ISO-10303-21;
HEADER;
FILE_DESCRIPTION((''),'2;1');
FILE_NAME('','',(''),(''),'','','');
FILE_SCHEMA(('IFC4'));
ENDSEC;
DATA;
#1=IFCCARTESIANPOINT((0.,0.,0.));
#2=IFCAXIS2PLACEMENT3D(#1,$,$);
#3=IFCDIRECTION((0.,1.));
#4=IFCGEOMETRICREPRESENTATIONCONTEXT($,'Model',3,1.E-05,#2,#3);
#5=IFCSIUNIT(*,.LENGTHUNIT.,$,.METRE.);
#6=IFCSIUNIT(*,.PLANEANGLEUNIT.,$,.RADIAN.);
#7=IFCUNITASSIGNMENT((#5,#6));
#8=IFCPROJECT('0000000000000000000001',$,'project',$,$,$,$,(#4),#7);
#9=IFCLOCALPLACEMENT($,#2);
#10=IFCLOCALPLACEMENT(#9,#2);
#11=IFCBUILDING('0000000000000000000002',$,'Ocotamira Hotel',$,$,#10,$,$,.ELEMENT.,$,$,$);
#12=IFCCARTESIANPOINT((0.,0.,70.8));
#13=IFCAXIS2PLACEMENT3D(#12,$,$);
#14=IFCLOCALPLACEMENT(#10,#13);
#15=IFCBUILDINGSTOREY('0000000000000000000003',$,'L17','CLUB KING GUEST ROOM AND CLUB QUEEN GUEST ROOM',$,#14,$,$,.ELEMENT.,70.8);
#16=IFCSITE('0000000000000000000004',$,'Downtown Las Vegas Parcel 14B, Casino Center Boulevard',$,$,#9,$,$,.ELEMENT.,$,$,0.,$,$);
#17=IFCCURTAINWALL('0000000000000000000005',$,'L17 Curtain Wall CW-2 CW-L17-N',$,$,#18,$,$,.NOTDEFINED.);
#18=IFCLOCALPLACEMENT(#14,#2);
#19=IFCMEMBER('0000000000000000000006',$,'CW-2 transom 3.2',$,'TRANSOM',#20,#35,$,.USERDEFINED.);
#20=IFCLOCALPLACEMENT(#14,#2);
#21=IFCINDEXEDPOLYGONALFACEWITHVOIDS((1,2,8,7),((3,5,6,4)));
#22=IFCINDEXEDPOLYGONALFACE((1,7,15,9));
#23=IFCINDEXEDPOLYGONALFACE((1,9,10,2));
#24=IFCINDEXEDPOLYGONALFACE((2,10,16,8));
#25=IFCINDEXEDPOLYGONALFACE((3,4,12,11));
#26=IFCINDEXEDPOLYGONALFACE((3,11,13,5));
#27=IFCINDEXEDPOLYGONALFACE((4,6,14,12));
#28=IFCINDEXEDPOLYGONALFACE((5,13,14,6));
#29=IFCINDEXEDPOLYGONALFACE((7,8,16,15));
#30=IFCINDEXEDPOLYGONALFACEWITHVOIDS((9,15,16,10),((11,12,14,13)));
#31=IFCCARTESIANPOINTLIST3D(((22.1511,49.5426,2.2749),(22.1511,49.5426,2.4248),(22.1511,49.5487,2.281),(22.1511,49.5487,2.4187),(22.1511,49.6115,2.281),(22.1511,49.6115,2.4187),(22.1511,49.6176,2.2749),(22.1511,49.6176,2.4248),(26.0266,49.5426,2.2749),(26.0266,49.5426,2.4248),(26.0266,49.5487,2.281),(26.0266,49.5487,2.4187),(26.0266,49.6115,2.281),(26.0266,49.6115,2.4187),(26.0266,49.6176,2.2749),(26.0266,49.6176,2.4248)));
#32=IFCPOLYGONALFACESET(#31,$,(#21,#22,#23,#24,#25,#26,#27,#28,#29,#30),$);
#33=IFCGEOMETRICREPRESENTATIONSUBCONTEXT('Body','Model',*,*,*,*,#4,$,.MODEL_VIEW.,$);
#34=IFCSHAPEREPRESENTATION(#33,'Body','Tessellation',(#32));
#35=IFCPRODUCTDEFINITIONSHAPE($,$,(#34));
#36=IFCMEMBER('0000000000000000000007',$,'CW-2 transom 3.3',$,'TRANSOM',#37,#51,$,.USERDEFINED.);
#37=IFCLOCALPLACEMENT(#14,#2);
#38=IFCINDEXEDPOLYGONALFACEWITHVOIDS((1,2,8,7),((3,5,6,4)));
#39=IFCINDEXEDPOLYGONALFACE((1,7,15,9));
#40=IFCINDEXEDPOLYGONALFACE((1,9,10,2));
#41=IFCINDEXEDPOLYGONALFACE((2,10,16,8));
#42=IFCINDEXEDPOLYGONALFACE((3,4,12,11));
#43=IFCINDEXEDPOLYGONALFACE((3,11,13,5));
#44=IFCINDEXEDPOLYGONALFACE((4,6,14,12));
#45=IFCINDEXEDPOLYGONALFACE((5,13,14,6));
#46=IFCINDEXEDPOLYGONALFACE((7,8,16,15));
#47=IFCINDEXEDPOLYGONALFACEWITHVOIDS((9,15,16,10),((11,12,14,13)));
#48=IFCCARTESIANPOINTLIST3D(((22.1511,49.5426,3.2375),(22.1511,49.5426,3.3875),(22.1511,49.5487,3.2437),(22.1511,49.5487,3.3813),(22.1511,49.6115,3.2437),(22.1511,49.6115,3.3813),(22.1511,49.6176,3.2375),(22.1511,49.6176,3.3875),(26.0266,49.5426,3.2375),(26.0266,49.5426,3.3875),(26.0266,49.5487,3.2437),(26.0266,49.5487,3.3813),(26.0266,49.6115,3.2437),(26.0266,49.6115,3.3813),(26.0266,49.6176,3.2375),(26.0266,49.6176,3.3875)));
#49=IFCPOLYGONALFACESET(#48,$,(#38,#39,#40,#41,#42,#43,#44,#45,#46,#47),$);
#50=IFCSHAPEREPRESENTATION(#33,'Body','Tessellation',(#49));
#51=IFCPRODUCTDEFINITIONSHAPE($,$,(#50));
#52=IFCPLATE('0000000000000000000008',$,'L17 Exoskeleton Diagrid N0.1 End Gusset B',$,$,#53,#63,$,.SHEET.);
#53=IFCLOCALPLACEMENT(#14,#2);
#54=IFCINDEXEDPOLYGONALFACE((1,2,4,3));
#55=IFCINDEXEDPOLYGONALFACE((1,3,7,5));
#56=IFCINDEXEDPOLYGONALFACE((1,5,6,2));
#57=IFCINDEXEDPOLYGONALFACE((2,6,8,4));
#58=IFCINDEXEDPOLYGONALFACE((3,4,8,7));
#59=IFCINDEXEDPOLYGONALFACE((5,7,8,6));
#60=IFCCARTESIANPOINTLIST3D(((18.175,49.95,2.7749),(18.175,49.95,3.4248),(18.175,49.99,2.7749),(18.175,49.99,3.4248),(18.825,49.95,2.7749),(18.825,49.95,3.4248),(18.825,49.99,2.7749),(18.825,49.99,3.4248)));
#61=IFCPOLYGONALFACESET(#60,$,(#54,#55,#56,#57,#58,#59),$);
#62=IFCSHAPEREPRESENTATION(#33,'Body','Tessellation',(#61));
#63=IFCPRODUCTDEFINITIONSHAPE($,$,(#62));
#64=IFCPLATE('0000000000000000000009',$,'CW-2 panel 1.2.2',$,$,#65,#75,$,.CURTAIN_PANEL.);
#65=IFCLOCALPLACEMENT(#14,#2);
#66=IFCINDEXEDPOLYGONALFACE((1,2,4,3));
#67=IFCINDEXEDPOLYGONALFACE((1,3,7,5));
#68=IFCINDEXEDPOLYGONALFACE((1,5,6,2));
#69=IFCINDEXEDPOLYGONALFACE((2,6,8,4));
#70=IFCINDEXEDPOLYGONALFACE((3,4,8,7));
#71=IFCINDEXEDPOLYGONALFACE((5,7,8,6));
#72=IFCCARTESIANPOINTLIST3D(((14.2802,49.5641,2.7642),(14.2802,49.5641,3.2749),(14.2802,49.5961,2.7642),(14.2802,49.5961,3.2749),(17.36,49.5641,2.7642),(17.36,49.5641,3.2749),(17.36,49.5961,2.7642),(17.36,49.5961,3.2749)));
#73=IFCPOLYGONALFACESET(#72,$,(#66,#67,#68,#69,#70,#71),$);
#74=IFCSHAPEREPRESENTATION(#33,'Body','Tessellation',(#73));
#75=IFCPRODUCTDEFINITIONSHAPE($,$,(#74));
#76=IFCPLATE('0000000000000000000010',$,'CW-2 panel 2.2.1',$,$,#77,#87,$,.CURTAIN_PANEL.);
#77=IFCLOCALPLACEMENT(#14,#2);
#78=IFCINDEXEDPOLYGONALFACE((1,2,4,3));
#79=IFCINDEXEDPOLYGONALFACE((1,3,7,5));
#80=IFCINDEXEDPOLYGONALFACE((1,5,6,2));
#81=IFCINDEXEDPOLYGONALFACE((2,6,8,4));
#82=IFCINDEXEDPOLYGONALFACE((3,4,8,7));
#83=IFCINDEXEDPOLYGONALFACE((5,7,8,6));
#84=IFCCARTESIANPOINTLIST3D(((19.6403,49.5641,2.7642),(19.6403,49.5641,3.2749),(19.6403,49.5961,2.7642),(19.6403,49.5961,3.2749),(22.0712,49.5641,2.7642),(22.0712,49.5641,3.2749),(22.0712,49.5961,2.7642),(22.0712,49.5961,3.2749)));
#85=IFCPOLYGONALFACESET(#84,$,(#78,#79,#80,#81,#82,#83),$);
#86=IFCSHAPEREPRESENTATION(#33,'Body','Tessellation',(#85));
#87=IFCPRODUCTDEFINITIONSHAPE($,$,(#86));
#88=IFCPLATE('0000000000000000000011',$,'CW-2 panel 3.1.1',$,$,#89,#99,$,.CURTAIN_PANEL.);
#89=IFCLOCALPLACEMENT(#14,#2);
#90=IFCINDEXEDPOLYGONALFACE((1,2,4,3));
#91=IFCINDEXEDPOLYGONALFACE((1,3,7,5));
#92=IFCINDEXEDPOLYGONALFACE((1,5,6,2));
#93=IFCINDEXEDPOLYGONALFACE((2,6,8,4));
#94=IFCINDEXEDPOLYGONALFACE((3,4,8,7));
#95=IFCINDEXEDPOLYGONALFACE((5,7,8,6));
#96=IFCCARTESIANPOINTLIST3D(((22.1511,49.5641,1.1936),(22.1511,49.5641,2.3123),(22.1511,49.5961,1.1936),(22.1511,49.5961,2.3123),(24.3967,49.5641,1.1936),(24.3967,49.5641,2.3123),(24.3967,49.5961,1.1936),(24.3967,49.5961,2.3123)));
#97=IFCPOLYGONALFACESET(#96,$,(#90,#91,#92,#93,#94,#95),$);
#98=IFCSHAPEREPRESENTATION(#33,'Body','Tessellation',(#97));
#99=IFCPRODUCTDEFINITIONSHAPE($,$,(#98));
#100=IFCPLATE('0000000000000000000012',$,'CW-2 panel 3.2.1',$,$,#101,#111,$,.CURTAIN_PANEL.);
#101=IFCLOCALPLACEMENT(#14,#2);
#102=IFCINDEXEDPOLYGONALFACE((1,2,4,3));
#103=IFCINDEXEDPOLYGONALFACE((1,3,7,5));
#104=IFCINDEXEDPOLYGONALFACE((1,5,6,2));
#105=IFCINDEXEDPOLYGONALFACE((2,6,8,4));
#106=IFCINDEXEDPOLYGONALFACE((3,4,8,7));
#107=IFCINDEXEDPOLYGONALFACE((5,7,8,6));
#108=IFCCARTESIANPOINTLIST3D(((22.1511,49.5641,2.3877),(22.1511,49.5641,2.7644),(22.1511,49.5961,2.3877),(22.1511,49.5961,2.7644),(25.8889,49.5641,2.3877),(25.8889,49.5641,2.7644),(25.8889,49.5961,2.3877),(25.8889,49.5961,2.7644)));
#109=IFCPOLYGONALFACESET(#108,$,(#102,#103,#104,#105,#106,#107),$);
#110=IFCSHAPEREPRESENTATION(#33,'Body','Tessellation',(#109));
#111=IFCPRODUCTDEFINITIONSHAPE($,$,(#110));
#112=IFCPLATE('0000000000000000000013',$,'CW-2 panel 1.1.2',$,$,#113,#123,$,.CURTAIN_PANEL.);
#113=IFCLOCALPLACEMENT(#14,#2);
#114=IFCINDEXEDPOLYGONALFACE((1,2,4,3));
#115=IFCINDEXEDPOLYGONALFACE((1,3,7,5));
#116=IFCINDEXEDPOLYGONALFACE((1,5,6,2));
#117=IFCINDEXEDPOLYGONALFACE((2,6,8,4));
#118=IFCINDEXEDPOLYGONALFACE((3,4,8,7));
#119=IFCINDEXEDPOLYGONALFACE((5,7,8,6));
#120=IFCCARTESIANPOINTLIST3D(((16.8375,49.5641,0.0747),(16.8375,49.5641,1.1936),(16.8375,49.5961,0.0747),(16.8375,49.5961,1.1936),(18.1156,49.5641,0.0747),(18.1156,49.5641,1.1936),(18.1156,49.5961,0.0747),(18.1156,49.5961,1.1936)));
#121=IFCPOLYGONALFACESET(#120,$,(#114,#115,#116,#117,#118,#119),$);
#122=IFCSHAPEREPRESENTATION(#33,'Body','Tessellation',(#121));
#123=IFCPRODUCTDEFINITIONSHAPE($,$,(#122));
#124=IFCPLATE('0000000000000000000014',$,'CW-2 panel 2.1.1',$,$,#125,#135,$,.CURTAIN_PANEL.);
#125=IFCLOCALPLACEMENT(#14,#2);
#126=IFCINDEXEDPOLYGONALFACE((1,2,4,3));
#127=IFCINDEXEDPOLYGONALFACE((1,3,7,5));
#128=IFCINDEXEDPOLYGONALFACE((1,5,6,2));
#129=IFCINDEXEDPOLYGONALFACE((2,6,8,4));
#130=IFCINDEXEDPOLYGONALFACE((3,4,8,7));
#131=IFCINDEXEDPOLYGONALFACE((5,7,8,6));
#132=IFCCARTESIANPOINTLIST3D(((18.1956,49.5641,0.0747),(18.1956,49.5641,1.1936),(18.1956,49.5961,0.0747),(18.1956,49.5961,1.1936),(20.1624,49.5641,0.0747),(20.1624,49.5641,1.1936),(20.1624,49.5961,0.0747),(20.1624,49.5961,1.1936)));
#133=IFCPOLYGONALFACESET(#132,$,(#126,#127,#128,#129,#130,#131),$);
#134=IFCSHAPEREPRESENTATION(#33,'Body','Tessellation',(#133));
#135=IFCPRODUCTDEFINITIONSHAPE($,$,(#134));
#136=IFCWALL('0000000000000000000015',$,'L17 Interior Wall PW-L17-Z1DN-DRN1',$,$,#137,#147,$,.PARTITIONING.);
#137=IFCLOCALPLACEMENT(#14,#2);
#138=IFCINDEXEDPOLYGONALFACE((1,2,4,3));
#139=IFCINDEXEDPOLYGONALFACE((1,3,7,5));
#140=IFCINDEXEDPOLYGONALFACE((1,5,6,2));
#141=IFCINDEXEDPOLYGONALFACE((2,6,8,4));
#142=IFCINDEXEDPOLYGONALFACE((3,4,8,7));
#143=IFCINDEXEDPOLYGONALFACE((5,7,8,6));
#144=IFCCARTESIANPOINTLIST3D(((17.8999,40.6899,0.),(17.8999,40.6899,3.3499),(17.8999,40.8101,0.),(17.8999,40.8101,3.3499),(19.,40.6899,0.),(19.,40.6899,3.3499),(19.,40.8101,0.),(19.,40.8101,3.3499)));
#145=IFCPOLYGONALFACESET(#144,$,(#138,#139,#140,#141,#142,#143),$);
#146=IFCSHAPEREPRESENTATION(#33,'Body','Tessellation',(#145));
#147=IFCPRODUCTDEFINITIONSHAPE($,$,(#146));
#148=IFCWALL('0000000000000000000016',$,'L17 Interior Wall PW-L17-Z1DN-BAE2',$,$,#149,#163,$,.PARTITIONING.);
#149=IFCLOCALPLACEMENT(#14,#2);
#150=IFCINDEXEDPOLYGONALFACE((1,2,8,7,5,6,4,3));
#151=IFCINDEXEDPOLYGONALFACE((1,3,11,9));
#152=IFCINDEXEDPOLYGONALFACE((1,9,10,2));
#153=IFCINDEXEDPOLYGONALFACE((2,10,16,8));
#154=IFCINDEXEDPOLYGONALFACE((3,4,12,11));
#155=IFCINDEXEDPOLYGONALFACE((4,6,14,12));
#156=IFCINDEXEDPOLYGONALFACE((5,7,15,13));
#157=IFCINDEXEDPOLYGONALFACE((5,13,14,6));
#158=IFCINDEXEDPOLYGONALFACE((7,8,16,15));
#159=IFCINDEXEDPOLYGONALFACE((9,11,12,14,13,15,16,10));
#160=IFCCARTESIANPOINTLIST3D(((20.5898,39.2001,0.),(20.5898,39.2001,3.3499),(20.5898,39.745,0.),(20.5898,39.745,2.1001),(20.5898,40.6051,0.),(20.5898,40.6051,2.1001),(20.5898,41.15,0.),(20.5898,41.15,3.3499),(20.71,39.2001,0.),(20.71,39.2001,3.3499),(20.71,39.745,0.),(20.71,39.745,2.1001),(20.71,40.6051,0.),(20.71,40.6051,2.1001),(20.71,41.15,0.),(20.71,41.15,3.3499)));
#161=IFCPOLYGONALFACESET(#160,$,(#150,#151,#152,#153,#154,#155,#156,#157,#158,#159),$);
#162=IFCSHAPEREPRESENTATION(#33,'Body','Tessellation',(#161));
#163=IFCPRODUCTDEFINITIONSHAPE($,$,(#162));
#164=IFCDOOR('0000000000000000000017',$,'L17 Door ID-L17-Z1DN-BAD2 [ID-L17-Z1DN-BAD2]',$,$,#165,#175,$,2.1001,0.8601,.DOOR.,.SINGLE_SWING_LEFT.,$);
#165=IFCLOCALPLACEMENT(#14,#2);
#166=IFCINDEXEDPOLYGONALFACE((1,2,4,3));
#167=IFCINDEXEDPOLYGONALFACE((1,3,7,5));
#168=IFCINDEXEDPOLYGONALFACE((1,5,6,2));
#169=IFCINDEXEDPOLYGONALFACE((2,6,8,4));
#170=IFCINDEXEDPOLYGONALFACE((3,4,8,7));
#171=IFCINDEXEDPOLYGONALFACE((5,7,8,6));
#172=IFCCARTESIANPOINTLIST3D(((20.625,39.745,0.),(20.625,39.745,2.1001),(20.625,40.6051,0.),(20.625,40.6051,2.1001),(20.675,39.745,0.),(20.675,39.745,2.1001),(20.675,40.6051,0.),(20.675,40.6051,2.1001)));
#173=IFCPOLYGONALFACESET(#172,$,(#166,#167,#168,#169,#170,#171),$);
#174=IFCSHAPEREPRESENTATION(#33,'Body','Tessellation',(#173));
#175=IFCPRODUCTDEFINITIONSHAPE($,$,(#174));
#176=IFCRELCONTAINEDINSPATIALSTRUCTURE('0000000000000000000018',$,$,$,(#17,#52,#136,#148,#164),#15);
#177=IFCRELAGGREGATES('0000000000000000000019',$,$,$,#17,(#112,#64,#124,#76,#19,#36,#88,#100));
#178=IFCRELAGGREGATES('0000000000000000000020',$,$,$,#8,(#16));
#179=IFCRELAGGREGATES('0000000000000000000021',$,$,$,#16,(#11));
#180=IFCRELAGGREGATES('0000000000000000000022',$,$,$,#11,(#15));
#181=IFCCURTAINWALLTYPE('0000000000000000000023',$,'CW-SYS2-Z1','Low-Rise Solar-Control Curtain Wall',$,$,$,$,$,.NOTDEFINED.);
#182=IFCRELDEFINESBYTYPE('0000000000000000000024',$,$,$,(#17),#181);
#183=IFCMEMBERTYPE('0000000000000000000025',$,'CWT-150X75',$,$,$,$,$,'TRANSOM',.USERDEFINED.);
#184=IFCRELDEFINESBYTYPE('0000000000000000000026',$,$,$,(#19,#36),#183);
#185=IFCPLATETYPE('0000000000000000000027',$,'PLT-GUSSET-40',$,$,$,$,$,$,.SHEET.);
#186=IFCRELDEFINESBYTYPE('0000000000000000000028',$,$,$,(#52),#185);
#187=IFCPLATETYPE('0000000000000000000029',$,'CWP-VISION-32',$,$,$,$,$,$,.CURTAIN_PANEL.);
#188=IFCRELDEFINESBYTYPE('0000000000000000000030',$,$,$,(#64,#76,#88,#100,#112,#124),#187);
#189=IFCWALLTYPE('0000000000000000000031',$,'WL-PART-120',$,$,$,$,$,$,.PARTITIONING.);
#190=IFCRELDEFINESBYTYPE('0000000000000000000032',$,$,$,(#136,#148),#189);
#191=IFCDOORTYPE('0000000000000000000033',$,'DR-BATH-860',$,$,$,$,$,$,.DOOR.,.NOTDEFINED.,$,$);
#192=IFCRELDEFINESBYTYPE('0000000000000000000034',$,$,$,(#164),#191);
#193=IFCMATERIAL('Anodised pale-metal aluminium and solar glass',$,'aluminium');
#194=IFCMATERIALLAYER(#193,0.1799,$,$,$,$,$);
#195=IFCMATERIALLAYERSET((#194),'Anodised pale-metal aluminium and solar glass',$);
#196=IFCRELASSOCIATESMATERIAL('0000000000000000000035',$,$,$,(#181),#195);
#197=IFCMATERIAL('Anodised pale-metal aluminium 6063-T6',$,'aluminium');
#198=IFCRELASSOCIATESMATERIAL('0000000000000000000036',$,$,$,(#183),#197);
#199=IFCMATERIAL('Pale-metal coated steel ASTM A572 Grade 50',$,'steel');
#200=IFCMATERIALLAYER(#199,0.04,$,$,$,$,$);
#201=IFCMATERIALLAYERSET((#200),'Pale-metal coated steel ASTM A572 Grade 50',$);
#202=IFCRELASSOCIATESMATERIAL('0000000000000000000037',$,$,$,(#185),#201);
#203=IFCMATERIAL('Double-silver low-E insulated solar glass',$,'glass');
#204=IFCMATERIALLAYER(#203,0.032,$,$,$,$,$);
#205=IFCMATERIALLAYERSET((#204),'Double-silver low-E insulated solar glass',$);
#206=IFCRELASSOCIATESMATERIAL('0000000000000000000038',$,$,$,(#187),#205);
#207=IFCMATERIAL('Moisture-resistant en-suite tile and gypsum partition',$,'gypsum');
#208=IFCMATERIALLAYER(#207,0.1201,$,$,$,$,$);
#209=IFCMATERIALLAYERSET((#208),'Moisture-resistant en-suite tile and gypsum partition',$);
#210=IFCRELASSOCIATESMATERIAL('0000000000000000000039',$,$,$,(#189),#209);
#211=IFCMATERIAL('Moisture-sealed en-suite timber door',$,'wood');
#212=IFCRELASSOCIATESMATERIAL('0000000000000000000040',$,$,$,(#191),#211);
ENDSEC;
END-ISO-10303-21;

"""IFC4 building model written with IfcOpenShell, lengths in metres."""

from ifc_helpers import new_model, si_unit, direction, frame, frame_2d, origin, origin_2d, place, context, subcontext, project, spatial, rectangle, hollow_rectangle, extrude, source, transform, mapped, material, layer, layer_set, material_profile, profile_set, type_object, element, fill, aggregate, save


model = new_model("IFC4")

# Units and contexts
model_context = context("Model", 3, precision=1e-05, world=origin(), true_north=direction((0.0, 1.0)))
body_context = subcontext(model_context, "Body", "Model", "MODEL_VIEW")
ifc_project = project(units=[si_unit("LENGTHUNIT", "METRE"), si_unit("PLANEANGLEUNIT", "RADIAN")], contexts=[model_context])

# Site, building, storey
site_placement = place(None, origin())
site = spatial("IfcSite", under=ifc_project, at=site_placement, Name="Downtown Las Vegas Parcel 14B, Casino Center Boulevard", CompositionType="ELEMENT", RefElevation=0.0)
building_placement = place(site_placement, origin())
building = spatial("IfcBuilding", under=site, at=building_placement, Name="Ocotamira Hotel", CompositionType="ELEMENT")
storey_placement = place(building_placement, frame((0.0, 0.0, 70.8)))
storey = spatial("IfcBuildingStorey", under=building, at=storey_placement, Name="L17", Description="CLUB KING GUEST ROOM AND CLUB QUEEN GUEST ROOM", CompositionType="ELEMENT", Elevation=70.8)

# Curtain wall, members
ifc_material_1 = material(Name="Anodised pale-metal aluminium and solar glass", Category="aluminium")
ifc_layer_1 = layer(ifc_material_1, 0.1799)
ifc_layer_set_1 = layer_set([ifc_layer_1], Name="Anodised pale-metal aluminium and solar glass")
curtain_wall_type = type_object("IfcCurtainWallType", Name="CW-SYS2-Z1", Description="Low-Rise Solar-Control Curtain Wall", PredefinedType="NOTDEFINED", material=ifc_layer_set_1)
curtain_wall_placement = place(storey_placement, origin())
curtain_wall = element("IfcCurtainWall", 1, at=curtain_wall_placement, inside=storey, type_object=curtain_wall_type, Name="L17 Curtain Wall CW-2 CW-L17-N", PredefinedType="NOTDEFINED")
ifc_material_2 = material(Name="Anodised pale-metal aluminium 6063-T6", Category="aluminium")
ifc_material_profile_1 = material_profile(ifc_material_2, hollow_rectangle(XDim=0.075, YDim=0.1499, WallThickness=0.0061, at=origin_2d()), Name="HSS150X75X6")
ifc_profile_set_1 = profile_set([ifc_material_profile_1], Name="Anodised pale-metal aluminium 6063-T6")
member_type_1 = type_object("IfcMemberType", Name="CWT-150X75", ElementType="TRANSOM", PredefinedType="USERDEFINED", material=ifc_profile_set_1)
shared_shape_1 = source(origin(), body_context, "Body", "SweptSolid", [
    extrude(hollow_rectangle(XDim=0.075, YDim=0.1499, WallThickness=0.0061, at=origin_2d()), origin(), (0.0, 0.0, 1.0), 3.8755),
])
member_1_placement = place(storey_placement, frame((22.1511, 49.5801, 2.3499), z_axis=(1.0, 0.0, 0.0), x_axis=(0.0, 1.0, 0.0)))
member_1 = element("IfcMember", 2, at=member_1_placement, type_object=member_type_1, Name="CW-2 transom 3.2", ObjectType="TRANSOM", PredefinedType="USERDEFINED", context=body_context, shape_type="MappedRepresentation", body=[
    mapped(shared_shape_1, transform((0.0, 0.0, 0.0), scale=1.0)),
])
member_2_placement = place(storey_placement, frame((22.1511, 49.5801, 3.3125), z_axis=(1.0, 0.0, 0.0), x_axis=(0.0, 1.0, 0.0)))
member_2 = element("IfcMember", 3, at=member_2_placement, type_object=member_type_1, Name="CW-2 transom 3.3", ObjectType="TRANSOM", PredefinedType="USERDEFINED", context=body_context, shape_type="MappedRepresentation", body=[
    mapped(shared_shape_1, transform((0.0, 0.0, 0.0), scale=1.0)),
])

# Plates
ifc_material_3 = material(Name="Pale-metal coated steel ASTM A572 Grade 50", Category="steel")
ifc_layer_2 = layer(ifc_material_3, 0.04)
ifc_layer_set_2 = layer_set([ifc_layer_2], Name="Pale-metal coated steel ASTM A572 Grade 50")
plate_type_1 = type_object("IfcPlateType", Name="PLT-GUSSET-40", PredefinedType="SHEET", material=ifc_layer_set_2)
shared_shape_2 = source(origin(), body_context, "Body", "SweptSolid", [
    extrude(rectangle(XDim=0.6499, YDim=0.04, at=origin_2d()), origin(), (0.0, 0.0, 1.0), 0.6499),
])
plate_1_placement = place(storey_placement, frame((18.5, 49.97, 2.7749), z_axis=(0.0, 0.0, 1.0), x_axis=(1.0, 0.0, 0.0)))
element("IfcPlate", 4, at=plate_1_placement, inside=storey, type_object=plate_type_1, Name="L17 Exoskeleton Diagrid N0.1 End Gusset B", PredefinedType="SHEET", context=body_context, shape_type="MappedRepresentation", body=[
    mapped(shared_shape_2, transform((0.0, 0.0, 0.0), scale=1.0)),
])
ifc_material_4 = material(Name="Double-silver low-E insulated solar glass", Category="glass")
ifc_layer_3 = layer(ifc_material_4, 0.032)
ifc_layer_set_3 = layer_set([ifc_layer_3], Name="Double-silver low-E insulated solar glass")
plate_type_2 = type_object("IfcPlateType", Name="CWP-VISION-32", PredefinedType="CURTAIN_PANEL", material=ifc_layer_set_3)
shared_shape_3 = source(origin(), body_context, "Body", "SweptSolid", [
    extrude(rectangle(XDim=3.0798, YDim=0.032, at=origin_2d()), origin(), (0.0, 0.0, 1.0), 0.5107),
])
plate_2_placement = place(storey_placement, frame((15.8201, 49.5801, 2.7642), z_axis=(0.0, 0.0, 1.0), x_axis=(1.0, 0.0, 0.0)))
plate_2 = element("IfcPlate", 5, at=plate_2_placement, type_object=plate_type_2, Name="CW-2 panel 1.2.2", PredefinedType="CURTAIN_PANEL", context=body_context, shape_type="MappedRepresentation", body=[
    mapped(shared_shape_3, transform((0.0, 0.0, 0.0), scale=1.0)),
])
shared_shape_4 = source(origin(), body_context, "Body", "SweptSolid", [
    extrude(rectangle(XDim=2.4309, YDim=0.032, at=origin_2d()), origin(), (0.0, 0.0, 1.0), 0.5107),
])
plate_3_placement = place(storey_placement, frame((20.8557, 49.5801, 2.7642), z_axis=(0.0, 0.0, 1.0), x_axis=(1.0, 0.0, 0.0)))
plate_3 = element("IfcPlate", 6, at=plate_3_placement, type_object=plate_type_2, Name="CW-2 panel 2.2.1", PredefinedType="CURTAIN_PANEL", context=body_context, shape_type="MappedRepresentation", body=[
    mapped(shared_shape_4, transform((0.0, 0.0, 0.0), scale=1.0)),
])
shared_shape_5 = source(origin(), body_context, "Body", "SweptSolid", [
    extrude(rectangle(XDim=2.2456, YDim=0.032, at=origin_2d()), origin(), (0.0, 0.0, 1.0), 1.1187),
])
plate_4_placement = place(storey_placement, frame((23.2739, 49.5801, 1.1936), z_axis=(0.0, 0.0, 1.0), x_axis=(1.0, 0.0, 0.0)))
plate_4 = element("IfcPlate", 7, at=plate_4_placement, type_object=plate_type_2, Name="CW-2 panel 3.1.1", PredefinedType="CURTAIN_PANEL", context=body_context, shape_type="MappedRepresentation", body=[
    mapped(shared_shape_5, transform((0.0, 0.0, 0.0), scale=1.0)),
])
shared_shape_6 = source(origin(), body_context, "Body", "SweptSolid", [
    extrude(rectangle(XDim=3.7378, YDim=0.032, at=origin_2d()), origin(), (0.0, 0.0, 1.0), 0.3767),
])
plate_5_placement = place(storey_placement, frame((24.02, 49.5801, 2.3877), z_axis=(0.0, 0.0, 1.0), x_axis=(1.0, 0.0, 0.0)))
plate_5 = element("IfcPlate", 8, at=plate_5_placement, type_object=plate_type_2, Name="CW-2 panel 3.2.1", PredefinedType="CURTAIN_PANEL", context=body_context, shape_type="MappedRepresentation", body=[
    mapped(shared_shape_6, transform((0.0, 0.0, 0.0), scale=1.0)),
])
shared_shape_7 = source(origin(), body_context, "Body", "SweptSolid", [
    extrude(rectangle(XDim=1.2781, YDim=0.032, at=origin_2d()), origin(), (0.0, 0.0, 1.0), 1.1189),
])
plate_6_placement = place(storey_placement, frame((17.4766, 49.5801, 0.0747), z_axis=(0.0, 0.0, 1.0), x_axis=(1.0, 0.0, 0.0)))
plate_6 = element("IfcPlate", 9, at=plate_6_placement, type_object=plate_type_2, Name="CW-2 panel 1.1.2", PredefinedType="CURTAIN_PANEL", context=body_context, shape_type="MappedRepresentation", body=[
    mapped(shared_shape_7, transform((0.0, 0.0, 0.0), scale=1.0)),
])
shared_shape_8 = source(origin(), body_context, "Body", "SweptSolid", [
    extrude(rectangle(XDim=1.9668, YDim=0.032, at=origin_2d()), origin(), (0.0, 0.0, 1.0), 1.1189),
])
plate_7_placement = place(storey_placement, frame((19.179, 49.5801, 0.0747), z_axis=(0.0, 0.0, 1.0), x_axis=(1.0, 0.0, 0.0)))
plate_7 = element("IfcPlate", 10, at=plate_7_placement, type_object=plate_type_2, Name="CW-2 panel 2.1.1", PredefinedType="CURTAIN_PANEL", context=body_context, shape_type="MappedRepresentation", body=[
    mapped(shared_shape_8, transform((0.0, 0.0, 0.0), scale=1.0)),
])
aggregate(curtain_wall, [plate_6, plate_2, plate_7, plate_3, member_1, member_2, plate_4, plate_5])

# Shared definitions
ifc_material_5 = material(Name="Moisture-resistant en-suite tile and gypsum partition", Category="gypsum")
ifc_layer_4 = layer(ifc_material_5, 0.1201)
ifc_layer_set_4 = layer_set([ifc_layer_4], Name="Moisture-resistant en-suite tile and gypsum partition")
wall_type_1 = type_object("IfcWallType", Name="WL-PART-120", PredefinedType="PARTITIONING", material=ifc_layer_set_4)

# Wall
wall_1_placement = place(storey_placement, frame((17.8999, 40.75, 0.0), z_axis=(0.0, 0.0, 1.0), x_axis=(1.0, 0.0, 0.0)))
element("IfcWall", 11, at=wall_1_placement, inside=storey, type_object=wall_type_1, Name="L17 Interior Wall PW-L17-Z1DN-DRN1", PredefinedType="PARTITIONING", context=body_context, shape_type="SweptSolid", body=[
    extrude(rectangle(XDim=1.1001, YDim=0.1201, at=frame_2d((0.55, 0.0))), origin(), (0.0, 0.0, 1.0), 3.3499),
])

# Wall, opening, door
wall_2_placement = place(storey_placement, frame((20.6499, 39.2, 0.0), z_axis=(0.0, 0.0, 1.0), x_axis=(0.0, 1.0, 0.0)))
wall_2 = element("IfcWall", 12, at=wall_2_placement, inside=storey, type_object=wall_type_1, Name="L17 Interior Wall PW-L17-Z1DN-BAE2", PredefinedType="PARTITIONING", context=body_context, shape_type="SweptSolid", body=[
    extrude(rectangle(XDim=1.95, YDim=0.1201, at=frame_2d((0.9751, 0.0))), origin(), (0.0, 0.0, 1.0), 3.3499),
])
opening_1_placement = place(wall_2_placement, frame((0.5449, 0.0, 0.0)))
opening_1 = element("IfcOpeningElement", 13, at=opening_1_placement, cuts=wall_2, PredefinedType="OPENING", context=body_context, shape_type="SweptSolid", body=[
    extrude(rectangle(XDim=0.8601, YDim=2.1001, at=frame_2d((0.4302, 1.05))), frame((0.0, 0.0701, 0.0), z_axis=(0.0, -1.0, 0.0), x_axis=(1.0, 0.0, 0.0)), (0.0, 0.0, 1.0), 0.1401),
])
ifc_material_6 = material(Name="Moisture-sealed en-suite timber door", Category="wood")
door_type_1 = type_object("IfcDoorType", Name="DR-BATH-860", OperationType="NOTDEFINED", PredefinedType="DOOR", material=ifc_material_6)
shared_shape_9 = source(origin(), body_context, "Body", "SweptSolid", [
    extrude(rectangle(XDim=0.8601, YDim=2.1001, at=frame_2d((0.4302, 1.05))), frame((0.0, 0.0249, 0.0), z_axis=(0.0, -1.0, 0.0), x_axis=(1.0, 0.0, 0.0)), (0.0, 0.0, 1.0), 0.05),
])
door_1_placement = place(opening_1_placement, origin())
door_1 = element("IfcDoor", 14, at=door_1_placement, inside=storey, type_object=door_type_1, Name="L17 Door ID-L17-Z1DN-BAD2 [ID-L17-Z1DN-BAD2]", OperationType="SINGLE_SWING_LEFT", OverallHeight=2.1001, OverallWidth=0.8601, PredefinedType="DOOR", context=body_context, shape_type="MappedRepresentation", body=[
    mapped(shared_shape_9, transform((0.0, 0.0, 0.0), scale=1.0)),
])
fill(opening_1, door_1)

save(model, "model.ifc")
